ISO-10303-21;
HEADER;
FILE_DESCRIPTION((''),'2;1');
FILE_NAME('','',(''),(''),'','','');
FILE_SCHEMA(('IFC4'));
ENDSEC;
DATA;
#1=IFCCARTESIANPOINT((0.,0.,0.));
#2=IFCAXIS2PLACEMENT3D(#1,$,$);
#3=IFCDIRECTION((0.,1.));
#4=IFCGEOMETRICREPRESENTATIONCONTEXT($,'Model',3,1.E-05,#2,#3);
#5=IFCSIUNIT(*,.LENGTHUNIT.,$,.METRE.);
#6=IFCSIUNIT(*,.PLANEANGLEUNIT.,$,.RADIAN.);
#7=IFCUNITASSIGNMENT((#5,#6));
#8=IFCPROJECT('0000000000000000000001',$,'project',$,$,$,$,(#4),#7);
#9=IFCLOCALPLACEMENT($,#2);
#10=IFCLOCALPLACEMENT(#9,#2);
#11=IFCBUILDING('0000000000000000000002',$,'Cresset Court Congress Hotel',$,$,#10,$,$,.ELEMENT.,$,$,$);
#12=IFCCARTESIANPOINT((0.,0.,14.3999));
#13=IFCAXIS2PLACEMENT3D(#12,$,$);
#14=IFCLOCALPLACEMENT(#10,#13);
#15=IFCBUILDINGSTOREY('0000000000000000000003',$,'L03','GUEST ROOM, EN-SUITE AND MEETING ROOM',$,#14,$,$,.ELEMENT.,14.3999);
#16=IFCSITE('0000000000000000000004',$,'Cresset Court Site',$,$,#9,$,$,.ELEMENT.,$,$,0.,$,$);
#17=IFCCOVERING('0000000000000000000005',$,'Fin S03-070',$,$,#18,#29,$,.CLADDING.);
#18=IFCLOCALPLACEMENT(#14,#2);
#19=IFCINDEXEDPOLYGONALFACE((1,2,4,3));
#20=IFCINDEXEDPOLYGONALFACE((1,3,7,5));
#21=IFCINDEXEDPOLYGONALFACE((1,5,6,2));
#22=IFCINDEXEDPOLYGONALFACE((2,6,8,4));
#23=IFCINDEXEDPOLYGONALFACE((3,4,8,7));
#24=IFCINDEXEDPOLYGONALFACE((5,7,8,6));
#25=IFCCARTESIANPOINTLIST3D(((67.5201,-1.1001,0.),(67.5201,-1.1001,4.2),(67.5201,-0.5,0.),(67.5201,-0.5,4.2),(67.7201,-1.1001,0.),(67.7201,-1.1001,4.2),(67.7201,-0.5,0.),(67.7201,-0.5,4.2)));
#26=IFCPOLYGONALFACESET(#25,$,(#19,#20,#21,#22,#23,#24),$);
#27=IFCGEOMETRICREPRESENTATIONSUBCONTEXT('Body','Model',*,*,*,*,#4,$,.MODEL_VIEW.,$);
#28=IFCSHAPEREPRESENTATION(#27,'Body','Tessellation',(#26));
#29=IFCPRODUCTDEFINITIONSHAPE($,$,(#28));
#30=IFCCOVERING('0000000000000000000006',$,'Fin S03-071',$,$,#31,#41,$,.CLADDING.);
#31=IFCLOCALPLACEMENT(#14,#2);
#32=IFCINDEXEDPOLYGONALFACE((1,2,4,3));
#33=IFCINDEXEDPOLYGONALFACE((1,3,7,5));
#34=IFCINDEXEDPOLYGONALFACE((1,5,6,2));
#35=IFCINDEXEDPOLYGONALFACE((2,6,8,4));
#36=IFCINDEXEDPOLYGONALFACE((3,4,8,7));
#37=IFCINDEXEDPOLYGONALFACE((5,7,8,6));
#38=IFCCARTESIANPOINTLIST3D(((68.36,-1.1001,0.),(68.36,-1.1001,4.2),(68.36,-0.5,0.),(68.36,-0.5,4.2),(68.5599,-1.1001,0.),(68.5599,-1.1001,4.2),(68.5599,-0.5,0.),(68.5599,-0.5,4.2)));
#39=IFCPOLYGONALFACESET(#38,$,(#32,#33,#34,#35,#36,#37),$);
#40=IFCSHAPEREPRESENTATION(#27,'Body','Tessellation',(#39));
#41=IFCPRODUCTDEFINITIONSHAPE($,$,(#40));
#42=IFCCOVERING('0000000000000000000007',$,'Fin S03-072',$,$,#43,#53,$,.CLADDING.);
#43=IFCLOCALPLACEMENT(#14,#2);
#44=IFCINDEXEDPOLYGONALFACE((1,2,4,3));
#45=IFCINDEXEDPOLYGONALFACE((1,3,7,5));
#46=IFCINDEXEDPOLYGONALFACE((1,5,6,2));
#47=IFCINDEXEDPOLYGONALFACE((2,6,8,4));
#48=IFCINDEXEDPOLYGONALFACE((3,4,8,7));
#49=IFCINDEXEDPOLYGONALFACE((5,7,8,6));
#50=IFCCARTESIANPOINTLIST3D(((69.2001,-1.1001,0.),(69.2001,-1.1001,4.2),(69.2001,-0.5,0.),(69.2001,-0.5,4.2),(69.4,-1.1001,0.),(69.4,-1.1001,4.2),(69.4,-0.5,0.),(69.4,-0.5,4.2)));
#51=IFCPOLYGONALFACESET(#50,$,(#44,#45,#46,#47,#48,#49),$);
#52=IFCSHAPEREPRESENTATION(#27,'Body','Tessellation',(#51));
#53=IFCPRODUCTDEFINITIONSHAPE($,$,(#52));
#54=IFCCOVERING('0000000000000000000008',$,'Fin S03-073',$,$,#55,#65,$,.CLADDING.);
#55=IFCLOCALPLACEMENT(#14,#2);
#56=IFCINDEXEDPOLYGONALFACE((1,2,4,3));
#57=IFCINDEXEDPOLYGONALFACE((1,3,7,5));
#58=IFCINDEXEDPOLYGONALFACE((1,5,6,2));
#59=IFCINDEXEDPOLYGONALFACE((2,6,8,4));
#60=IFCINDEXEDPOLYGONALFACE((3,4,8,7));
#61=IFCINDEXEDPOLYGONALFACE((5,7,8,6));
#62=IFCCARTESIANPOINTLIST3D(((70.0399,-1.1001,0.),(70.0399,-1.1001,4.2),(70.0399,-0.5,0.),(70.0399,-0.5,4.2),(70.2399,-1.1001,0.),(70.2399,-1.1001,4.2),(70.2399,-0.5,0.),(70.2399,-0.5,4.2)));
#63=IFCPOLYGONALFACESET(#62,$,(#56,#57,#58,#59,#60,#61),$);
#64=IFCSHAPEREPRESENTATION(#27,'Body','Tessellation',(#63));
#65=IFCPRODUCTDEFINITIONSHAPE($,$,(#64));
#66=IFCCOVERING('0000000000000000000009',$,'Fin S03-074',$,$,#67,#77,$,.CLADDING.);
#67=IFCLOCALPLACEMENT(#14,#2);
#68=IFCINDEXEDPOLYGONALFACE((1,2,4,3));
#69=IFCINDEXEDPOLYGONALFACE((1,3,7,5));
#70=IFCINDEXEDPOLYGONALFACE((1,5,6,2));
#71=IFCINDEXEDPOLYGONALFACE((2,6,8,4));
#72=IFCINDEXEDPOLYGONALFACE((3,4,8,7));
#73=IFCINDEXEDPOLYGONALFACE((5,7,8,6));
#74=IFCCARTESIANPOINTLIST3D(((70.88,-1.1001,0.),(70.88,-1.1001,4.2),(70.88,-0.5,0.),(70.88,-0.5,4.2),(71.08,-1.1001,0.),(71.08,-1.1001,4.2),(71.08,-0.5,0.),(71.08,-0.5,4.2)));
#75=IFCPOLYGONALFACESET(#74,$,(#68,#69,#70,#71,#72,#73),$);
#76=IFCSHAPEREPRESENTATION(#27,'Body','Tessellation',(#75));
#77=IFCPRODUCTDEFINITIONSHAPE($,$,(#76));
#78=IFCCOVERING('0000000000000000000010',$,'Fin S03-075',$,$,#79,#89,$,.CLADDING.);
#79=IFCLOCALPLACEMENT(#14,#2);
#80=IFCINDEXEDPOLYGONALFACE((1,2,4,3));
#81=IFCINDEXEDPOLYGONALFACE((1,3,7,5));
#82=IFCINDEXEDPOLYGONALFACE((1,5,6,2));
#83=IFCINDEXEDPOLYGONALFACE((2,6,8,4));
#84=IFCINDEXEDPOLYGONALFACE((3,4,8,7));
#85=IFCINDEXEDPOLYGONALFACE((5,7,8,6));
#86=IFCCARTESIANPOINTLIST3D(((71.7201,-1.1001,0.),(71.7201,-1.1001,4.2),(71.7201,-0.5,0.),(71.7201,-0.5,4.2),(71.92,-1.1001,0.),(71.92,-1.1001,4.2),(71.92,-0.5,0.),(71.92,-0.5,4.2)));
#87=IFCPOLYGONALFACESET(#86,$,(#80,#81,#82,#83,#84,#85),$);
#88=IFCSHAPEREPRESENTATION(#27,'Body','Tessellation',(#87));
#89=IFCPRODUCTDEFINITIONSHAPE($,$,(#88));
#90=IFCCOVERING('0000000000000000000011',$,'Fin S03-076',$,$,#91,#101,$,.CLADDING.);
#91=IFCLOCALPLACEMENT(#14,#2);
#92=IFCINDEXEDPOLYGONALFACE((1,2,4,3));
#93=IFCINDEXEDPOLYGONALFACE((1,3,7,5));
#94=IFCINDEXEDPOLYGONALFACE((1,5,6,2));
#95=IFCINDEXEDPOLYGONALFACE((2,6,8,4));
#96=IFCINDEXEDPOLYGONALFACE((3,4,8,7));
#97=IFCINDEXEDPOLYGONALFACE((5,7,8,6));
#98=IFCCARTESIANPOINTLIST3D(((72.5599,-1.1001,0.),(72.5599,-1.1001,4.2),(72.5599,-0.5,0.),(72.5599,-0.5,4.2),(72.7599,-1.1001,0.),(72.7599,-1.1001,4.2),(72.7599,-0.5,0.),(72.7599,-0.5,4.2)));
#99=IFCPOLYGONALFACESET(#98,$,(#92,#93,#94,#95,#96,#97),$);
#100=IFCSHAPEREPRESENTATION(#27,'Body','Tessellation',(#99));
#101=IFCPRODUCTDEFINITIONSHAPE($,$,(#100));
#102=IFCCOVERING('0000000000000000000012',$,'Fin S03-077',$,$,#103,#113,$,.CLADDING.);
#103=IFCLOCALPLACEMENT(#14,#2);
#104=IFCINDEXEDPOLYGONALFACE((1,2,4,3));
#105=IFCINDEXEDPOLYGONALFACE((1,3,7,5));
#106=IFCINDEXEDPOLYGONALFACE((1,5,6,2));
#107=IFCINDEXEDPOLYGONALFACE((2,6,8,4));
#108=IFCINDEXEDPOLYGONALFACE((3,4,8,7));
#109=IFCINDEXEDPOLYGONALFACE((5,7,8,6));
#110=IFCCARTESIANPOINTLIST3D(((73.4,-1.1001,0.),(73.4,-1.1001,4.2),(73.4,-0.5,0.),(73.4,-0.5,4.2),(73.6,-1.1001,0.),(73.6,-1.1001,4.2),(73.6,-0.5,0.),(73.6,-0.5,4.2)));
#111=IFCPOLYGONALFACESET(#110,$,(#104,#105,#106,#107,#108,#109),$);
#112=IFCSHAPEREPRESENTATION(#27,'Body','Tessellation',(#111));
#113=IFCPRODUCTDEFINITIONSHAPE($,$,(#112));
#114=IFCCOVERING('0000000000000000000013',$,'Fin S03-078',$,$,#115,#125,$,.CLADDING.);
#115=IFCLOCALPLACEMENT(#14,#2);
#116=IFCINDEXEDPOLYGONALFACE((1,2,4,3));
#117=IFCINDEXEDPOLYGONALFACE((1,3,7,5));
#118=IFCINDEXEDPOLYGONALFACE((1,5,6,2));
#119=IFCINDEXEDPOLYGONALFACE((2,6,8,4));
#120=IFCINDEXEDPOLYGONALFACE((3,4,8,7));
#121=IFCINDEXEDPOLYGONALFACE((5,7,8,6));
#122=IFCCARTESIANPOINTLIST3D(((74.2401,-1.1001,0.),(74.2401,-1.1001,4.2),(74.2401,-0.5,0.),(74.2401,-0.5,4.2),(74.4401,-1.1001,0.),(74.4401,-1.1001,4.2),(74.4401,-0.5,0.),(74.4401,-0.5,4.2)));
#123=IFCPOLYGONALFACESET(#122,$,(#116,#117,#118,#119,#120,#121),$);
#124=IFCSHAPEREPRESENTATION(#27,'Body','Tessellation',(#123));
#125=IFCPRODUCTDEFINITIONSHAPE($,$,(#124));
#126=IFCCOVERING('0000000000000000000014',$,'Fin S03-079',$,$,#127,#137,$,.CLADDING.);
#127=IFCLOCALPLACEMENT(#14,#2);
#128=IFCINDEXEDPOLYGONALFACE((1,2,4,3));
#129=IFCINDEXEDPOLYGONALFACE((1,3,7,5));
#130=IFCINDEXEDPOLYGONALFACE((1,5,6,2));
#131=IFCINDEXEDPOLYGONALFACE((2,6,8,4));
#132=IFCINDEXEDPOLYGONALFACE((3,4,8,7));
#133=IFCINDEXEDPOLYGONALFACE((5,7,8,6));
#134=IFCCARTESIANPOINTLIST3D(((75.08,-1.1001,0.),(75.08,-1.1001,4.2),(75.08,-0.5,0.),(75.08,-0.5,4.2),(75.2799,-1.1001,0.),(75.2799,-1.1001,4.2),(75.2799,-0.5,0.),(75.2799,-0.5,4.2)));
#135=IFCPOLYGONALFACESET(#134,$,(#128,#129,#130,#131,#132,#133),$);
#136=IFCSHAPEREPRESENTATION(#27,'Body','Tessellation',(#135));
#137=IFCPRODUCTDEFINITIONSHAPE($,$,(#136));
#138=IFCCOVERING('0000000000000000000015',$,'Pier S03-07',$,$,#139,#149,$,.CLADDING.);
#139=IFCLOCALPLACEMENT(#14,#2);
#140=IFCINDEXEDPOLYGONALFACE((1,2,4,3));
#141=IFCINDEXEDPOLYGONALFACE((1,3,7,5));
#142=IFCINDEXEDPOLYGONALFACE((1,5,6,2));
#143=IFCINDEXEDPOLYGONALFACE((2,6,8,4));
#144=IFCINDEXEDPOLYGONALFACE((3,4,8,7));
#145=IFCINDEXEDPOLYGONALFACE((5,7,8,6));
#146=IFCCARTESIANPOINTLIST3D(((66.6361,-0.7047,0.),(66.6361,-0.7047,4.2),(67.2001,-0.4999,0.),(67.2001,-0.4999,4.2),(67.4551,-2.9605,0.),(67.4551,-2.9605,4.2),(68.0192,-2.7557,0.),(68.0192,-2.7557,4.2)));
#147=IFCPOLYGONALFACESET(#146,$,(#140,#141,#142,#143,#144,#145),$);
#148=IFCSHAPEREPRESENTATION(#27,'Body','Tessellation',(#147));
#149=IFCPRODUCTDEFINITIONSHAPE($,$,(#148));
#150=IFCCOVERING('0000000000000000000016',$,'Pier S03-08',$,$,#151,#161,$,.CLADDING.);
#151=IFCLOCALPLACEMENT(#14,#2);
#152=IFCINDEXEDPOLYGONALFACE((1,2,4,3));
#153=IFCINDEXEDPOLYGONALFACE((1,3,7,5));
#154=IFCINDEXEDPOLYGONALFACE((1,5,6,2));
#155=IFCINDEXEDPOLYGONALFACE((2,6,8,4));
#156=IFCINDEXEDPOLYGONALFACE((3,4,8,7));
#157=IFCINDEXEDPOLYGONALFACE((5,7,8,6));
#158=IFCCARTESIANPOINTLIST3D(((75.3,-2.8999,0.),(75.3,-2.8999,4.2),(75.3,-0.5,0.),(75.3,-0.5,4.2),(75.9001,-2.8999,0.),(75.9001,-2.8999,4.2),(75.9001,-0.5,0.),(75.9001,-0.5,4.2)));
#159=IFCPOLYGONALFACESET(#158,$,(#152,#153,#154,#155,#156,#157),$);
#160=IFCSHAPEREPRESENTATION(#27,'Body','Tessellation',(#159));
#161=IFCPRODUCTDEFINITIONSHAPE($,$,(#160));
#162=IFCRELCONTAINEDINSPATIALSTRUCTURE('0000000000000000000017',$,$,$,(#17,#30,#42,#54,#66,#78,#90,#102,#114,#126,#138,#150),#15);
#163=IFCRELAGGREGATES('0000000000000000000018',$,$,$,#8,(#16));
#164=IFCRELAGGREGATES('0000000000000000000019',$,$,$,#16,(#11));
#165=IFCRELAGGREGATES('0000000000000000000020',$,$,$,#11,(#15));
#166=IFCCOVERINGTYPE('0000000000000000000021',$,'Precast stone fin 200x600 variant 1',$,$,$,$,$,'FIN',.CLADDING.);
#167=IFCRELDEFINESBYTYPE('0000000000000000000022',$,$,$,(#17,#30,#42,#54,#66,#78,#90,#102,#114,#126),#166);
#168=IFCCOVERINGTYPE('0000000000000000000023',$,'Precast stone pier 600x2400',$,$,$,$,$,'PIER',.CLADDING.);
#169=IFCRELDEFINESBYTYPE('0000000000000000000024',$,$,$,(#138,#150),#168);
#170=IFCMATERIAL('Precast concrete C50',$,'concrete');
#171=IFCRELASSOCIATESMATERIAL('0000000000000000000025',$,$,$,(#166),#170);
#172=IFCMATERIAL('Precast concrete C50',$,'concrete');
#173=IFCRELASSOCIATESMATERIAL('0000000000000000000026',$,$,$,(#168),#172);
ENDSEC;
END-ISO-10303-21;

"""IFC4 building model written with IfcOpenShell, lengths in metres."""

from ifc_helpers import new_model, si_unit, direction, frame, origin, origin_2d, place, context, subcontext, project, spatial, rectangle, extrude, material, type_object, element, save


model = new_model("IFC4")

# Units and contexts
model_context = context("Model", 3, precision=1e-05, world=origin(), true_north=direction((0.0, 1.0)))
body_context = subcontext(model_context, "Body", "Model", "MODEL_VIEW")
ifc_project = project(units=[si_unit("LENGTHUNIT", "METRE"), si_unit("PLANEANGLEUNIT", "RADIAN")], contexts=[model_context])

# Site, building, storey
site_placement = place(None, origin())
site = spatial("IfcSite", under=ifc_project, at=site_placement, Name="Cresset Court Site", CompositionType="ELEMENT", RefElevation=0.0)
building_placement = place(site_placement, origin())
building = spatial("IfcBuilding", under=site, at=building_placement, Name="Cresset Court Congress Hotel", CompositionType="ELEMENT")
storey_placement = place(building_placement, frame((0.0, 0.0, 14.3999)))
storey = spatial("IfcBuildingStorey", under=building, at=storey_placement, Name="L03", Description="GUEST ROOM, EN-SUITE AND MEETING ROOM", CompositionType="ELEMENT", Elevation=14.3999)

# Coverings
ifc_material_1 = material(Name="Precast concrete C50", Category="concrete")
covering_type_1 = type_object("IfcCoveringType", Name="Precast stone fin 200x600 variant 1", ElementType="FIN", PredefinedType="CLADDING", material=ifc_material_1)
for number, where, z_axis, x_axis, name in (
    (1, (67.6201, -0.8, 0.0), (0.0, 0.0, 1.0), (1.0, 0.0, 0.0), "Fin S03-070"),
    (2, (68.46, -0.8, 0.0), (0.0, 0.0, 1.0), (1.0, 0.0, 0.0), "Fin S03-071"),
    (3, (69.3, -0.8, 0.0), (0.0, 0.0, 1.0), (1.0, 0.0, 0.0), "Fin S03-072"),
    (4, (70.1399, -0.8, 0.0), (0.0, 0.0, 1.0), (1.0, 0.0, 0.0), "Fin S03-073"),
    (5, (70.98, -0.8, 0.0), (0.0, 0.0, 1.0), (1.0, 0.0, 0.0), "Fin S03-074"),
    (6, (71.8201, -0.8, 0.0), (0.0, 0.0, 1.0), (1.0, 0.0, 0.0), "Fin S03-075"),
    (7, (72.6599, -0.8, 0.0), (0.0, 0.0, 1.0), (1.0, 0.0, 0.0), "Fin S03-076"),
    (8, (73.5, -0.8, 0.0), (0.0, 0.0, 1.0), (1.0, 0.0, 0.0), "Fin S03-077"),
    (9, (74.3401, -0.8, 0.0), (0.0, 0.0, 1.0), (1.0, 0.0, 0.0), "Fin S03-078"),
    (10, (75.1799, -0.8, 0.0), (0.0, 0.0, 1.0), (1.0, 0.0, 0.0), "Fin S03-079"),
):
    element("IfcCovering", number, at=place(storey_placement, frame(where, z_axis=z_axis, x_axis=x_axis)), inside=storey, type_object=covering_type_1, Name=name, PredefinedType="CLADDING", context=body_context, shape_type="SweptSolid", body=[
        extrude(rectangle(XDim=0.2, YDim=0.6001, at=origin_2d()), origin(), (0.0, 0.0, 1.0), 4.2),
    ])
ifc_material_2 = material(Name="Precast concrete C50", Category="concrete")
covering_type_2 = type_object("IfcCoveringType", Name="Precast stone pier 600x2400", ElementType="PIER", PredefinedType="CLADDING", material=ifc_material_2)
for number, where, z_axis, x_axis, name in (
    (11, (67.3276, -1.7302, 0.0), (0.0, 0.0, 1.0), (0.939957, 0.341293, 0.0), "Pier S03-07"),
    (12, (75.6001, -1.7, 0.0), (0.0, 0.0, 1.0), (1.0, 0.0, 0.0), "Pier S03-08"),
):
    element("IfcCovering", number, at=place(storey_placement, frame(where, z_axis=z_axis, x_axis=x_axis)), inside=storey, type_object=covering_type_2, Name=name, PredefinedType="CLADDING", context=body_context, shape_type="SweptSolid", body=[
        extrude(rectangle(XDim=0.6001, YDim=2.3999, at=origin_2d()), origin(), (0.0, 0.0, 1.0), 4.2),
    ])

save(model, "model.ifc")
